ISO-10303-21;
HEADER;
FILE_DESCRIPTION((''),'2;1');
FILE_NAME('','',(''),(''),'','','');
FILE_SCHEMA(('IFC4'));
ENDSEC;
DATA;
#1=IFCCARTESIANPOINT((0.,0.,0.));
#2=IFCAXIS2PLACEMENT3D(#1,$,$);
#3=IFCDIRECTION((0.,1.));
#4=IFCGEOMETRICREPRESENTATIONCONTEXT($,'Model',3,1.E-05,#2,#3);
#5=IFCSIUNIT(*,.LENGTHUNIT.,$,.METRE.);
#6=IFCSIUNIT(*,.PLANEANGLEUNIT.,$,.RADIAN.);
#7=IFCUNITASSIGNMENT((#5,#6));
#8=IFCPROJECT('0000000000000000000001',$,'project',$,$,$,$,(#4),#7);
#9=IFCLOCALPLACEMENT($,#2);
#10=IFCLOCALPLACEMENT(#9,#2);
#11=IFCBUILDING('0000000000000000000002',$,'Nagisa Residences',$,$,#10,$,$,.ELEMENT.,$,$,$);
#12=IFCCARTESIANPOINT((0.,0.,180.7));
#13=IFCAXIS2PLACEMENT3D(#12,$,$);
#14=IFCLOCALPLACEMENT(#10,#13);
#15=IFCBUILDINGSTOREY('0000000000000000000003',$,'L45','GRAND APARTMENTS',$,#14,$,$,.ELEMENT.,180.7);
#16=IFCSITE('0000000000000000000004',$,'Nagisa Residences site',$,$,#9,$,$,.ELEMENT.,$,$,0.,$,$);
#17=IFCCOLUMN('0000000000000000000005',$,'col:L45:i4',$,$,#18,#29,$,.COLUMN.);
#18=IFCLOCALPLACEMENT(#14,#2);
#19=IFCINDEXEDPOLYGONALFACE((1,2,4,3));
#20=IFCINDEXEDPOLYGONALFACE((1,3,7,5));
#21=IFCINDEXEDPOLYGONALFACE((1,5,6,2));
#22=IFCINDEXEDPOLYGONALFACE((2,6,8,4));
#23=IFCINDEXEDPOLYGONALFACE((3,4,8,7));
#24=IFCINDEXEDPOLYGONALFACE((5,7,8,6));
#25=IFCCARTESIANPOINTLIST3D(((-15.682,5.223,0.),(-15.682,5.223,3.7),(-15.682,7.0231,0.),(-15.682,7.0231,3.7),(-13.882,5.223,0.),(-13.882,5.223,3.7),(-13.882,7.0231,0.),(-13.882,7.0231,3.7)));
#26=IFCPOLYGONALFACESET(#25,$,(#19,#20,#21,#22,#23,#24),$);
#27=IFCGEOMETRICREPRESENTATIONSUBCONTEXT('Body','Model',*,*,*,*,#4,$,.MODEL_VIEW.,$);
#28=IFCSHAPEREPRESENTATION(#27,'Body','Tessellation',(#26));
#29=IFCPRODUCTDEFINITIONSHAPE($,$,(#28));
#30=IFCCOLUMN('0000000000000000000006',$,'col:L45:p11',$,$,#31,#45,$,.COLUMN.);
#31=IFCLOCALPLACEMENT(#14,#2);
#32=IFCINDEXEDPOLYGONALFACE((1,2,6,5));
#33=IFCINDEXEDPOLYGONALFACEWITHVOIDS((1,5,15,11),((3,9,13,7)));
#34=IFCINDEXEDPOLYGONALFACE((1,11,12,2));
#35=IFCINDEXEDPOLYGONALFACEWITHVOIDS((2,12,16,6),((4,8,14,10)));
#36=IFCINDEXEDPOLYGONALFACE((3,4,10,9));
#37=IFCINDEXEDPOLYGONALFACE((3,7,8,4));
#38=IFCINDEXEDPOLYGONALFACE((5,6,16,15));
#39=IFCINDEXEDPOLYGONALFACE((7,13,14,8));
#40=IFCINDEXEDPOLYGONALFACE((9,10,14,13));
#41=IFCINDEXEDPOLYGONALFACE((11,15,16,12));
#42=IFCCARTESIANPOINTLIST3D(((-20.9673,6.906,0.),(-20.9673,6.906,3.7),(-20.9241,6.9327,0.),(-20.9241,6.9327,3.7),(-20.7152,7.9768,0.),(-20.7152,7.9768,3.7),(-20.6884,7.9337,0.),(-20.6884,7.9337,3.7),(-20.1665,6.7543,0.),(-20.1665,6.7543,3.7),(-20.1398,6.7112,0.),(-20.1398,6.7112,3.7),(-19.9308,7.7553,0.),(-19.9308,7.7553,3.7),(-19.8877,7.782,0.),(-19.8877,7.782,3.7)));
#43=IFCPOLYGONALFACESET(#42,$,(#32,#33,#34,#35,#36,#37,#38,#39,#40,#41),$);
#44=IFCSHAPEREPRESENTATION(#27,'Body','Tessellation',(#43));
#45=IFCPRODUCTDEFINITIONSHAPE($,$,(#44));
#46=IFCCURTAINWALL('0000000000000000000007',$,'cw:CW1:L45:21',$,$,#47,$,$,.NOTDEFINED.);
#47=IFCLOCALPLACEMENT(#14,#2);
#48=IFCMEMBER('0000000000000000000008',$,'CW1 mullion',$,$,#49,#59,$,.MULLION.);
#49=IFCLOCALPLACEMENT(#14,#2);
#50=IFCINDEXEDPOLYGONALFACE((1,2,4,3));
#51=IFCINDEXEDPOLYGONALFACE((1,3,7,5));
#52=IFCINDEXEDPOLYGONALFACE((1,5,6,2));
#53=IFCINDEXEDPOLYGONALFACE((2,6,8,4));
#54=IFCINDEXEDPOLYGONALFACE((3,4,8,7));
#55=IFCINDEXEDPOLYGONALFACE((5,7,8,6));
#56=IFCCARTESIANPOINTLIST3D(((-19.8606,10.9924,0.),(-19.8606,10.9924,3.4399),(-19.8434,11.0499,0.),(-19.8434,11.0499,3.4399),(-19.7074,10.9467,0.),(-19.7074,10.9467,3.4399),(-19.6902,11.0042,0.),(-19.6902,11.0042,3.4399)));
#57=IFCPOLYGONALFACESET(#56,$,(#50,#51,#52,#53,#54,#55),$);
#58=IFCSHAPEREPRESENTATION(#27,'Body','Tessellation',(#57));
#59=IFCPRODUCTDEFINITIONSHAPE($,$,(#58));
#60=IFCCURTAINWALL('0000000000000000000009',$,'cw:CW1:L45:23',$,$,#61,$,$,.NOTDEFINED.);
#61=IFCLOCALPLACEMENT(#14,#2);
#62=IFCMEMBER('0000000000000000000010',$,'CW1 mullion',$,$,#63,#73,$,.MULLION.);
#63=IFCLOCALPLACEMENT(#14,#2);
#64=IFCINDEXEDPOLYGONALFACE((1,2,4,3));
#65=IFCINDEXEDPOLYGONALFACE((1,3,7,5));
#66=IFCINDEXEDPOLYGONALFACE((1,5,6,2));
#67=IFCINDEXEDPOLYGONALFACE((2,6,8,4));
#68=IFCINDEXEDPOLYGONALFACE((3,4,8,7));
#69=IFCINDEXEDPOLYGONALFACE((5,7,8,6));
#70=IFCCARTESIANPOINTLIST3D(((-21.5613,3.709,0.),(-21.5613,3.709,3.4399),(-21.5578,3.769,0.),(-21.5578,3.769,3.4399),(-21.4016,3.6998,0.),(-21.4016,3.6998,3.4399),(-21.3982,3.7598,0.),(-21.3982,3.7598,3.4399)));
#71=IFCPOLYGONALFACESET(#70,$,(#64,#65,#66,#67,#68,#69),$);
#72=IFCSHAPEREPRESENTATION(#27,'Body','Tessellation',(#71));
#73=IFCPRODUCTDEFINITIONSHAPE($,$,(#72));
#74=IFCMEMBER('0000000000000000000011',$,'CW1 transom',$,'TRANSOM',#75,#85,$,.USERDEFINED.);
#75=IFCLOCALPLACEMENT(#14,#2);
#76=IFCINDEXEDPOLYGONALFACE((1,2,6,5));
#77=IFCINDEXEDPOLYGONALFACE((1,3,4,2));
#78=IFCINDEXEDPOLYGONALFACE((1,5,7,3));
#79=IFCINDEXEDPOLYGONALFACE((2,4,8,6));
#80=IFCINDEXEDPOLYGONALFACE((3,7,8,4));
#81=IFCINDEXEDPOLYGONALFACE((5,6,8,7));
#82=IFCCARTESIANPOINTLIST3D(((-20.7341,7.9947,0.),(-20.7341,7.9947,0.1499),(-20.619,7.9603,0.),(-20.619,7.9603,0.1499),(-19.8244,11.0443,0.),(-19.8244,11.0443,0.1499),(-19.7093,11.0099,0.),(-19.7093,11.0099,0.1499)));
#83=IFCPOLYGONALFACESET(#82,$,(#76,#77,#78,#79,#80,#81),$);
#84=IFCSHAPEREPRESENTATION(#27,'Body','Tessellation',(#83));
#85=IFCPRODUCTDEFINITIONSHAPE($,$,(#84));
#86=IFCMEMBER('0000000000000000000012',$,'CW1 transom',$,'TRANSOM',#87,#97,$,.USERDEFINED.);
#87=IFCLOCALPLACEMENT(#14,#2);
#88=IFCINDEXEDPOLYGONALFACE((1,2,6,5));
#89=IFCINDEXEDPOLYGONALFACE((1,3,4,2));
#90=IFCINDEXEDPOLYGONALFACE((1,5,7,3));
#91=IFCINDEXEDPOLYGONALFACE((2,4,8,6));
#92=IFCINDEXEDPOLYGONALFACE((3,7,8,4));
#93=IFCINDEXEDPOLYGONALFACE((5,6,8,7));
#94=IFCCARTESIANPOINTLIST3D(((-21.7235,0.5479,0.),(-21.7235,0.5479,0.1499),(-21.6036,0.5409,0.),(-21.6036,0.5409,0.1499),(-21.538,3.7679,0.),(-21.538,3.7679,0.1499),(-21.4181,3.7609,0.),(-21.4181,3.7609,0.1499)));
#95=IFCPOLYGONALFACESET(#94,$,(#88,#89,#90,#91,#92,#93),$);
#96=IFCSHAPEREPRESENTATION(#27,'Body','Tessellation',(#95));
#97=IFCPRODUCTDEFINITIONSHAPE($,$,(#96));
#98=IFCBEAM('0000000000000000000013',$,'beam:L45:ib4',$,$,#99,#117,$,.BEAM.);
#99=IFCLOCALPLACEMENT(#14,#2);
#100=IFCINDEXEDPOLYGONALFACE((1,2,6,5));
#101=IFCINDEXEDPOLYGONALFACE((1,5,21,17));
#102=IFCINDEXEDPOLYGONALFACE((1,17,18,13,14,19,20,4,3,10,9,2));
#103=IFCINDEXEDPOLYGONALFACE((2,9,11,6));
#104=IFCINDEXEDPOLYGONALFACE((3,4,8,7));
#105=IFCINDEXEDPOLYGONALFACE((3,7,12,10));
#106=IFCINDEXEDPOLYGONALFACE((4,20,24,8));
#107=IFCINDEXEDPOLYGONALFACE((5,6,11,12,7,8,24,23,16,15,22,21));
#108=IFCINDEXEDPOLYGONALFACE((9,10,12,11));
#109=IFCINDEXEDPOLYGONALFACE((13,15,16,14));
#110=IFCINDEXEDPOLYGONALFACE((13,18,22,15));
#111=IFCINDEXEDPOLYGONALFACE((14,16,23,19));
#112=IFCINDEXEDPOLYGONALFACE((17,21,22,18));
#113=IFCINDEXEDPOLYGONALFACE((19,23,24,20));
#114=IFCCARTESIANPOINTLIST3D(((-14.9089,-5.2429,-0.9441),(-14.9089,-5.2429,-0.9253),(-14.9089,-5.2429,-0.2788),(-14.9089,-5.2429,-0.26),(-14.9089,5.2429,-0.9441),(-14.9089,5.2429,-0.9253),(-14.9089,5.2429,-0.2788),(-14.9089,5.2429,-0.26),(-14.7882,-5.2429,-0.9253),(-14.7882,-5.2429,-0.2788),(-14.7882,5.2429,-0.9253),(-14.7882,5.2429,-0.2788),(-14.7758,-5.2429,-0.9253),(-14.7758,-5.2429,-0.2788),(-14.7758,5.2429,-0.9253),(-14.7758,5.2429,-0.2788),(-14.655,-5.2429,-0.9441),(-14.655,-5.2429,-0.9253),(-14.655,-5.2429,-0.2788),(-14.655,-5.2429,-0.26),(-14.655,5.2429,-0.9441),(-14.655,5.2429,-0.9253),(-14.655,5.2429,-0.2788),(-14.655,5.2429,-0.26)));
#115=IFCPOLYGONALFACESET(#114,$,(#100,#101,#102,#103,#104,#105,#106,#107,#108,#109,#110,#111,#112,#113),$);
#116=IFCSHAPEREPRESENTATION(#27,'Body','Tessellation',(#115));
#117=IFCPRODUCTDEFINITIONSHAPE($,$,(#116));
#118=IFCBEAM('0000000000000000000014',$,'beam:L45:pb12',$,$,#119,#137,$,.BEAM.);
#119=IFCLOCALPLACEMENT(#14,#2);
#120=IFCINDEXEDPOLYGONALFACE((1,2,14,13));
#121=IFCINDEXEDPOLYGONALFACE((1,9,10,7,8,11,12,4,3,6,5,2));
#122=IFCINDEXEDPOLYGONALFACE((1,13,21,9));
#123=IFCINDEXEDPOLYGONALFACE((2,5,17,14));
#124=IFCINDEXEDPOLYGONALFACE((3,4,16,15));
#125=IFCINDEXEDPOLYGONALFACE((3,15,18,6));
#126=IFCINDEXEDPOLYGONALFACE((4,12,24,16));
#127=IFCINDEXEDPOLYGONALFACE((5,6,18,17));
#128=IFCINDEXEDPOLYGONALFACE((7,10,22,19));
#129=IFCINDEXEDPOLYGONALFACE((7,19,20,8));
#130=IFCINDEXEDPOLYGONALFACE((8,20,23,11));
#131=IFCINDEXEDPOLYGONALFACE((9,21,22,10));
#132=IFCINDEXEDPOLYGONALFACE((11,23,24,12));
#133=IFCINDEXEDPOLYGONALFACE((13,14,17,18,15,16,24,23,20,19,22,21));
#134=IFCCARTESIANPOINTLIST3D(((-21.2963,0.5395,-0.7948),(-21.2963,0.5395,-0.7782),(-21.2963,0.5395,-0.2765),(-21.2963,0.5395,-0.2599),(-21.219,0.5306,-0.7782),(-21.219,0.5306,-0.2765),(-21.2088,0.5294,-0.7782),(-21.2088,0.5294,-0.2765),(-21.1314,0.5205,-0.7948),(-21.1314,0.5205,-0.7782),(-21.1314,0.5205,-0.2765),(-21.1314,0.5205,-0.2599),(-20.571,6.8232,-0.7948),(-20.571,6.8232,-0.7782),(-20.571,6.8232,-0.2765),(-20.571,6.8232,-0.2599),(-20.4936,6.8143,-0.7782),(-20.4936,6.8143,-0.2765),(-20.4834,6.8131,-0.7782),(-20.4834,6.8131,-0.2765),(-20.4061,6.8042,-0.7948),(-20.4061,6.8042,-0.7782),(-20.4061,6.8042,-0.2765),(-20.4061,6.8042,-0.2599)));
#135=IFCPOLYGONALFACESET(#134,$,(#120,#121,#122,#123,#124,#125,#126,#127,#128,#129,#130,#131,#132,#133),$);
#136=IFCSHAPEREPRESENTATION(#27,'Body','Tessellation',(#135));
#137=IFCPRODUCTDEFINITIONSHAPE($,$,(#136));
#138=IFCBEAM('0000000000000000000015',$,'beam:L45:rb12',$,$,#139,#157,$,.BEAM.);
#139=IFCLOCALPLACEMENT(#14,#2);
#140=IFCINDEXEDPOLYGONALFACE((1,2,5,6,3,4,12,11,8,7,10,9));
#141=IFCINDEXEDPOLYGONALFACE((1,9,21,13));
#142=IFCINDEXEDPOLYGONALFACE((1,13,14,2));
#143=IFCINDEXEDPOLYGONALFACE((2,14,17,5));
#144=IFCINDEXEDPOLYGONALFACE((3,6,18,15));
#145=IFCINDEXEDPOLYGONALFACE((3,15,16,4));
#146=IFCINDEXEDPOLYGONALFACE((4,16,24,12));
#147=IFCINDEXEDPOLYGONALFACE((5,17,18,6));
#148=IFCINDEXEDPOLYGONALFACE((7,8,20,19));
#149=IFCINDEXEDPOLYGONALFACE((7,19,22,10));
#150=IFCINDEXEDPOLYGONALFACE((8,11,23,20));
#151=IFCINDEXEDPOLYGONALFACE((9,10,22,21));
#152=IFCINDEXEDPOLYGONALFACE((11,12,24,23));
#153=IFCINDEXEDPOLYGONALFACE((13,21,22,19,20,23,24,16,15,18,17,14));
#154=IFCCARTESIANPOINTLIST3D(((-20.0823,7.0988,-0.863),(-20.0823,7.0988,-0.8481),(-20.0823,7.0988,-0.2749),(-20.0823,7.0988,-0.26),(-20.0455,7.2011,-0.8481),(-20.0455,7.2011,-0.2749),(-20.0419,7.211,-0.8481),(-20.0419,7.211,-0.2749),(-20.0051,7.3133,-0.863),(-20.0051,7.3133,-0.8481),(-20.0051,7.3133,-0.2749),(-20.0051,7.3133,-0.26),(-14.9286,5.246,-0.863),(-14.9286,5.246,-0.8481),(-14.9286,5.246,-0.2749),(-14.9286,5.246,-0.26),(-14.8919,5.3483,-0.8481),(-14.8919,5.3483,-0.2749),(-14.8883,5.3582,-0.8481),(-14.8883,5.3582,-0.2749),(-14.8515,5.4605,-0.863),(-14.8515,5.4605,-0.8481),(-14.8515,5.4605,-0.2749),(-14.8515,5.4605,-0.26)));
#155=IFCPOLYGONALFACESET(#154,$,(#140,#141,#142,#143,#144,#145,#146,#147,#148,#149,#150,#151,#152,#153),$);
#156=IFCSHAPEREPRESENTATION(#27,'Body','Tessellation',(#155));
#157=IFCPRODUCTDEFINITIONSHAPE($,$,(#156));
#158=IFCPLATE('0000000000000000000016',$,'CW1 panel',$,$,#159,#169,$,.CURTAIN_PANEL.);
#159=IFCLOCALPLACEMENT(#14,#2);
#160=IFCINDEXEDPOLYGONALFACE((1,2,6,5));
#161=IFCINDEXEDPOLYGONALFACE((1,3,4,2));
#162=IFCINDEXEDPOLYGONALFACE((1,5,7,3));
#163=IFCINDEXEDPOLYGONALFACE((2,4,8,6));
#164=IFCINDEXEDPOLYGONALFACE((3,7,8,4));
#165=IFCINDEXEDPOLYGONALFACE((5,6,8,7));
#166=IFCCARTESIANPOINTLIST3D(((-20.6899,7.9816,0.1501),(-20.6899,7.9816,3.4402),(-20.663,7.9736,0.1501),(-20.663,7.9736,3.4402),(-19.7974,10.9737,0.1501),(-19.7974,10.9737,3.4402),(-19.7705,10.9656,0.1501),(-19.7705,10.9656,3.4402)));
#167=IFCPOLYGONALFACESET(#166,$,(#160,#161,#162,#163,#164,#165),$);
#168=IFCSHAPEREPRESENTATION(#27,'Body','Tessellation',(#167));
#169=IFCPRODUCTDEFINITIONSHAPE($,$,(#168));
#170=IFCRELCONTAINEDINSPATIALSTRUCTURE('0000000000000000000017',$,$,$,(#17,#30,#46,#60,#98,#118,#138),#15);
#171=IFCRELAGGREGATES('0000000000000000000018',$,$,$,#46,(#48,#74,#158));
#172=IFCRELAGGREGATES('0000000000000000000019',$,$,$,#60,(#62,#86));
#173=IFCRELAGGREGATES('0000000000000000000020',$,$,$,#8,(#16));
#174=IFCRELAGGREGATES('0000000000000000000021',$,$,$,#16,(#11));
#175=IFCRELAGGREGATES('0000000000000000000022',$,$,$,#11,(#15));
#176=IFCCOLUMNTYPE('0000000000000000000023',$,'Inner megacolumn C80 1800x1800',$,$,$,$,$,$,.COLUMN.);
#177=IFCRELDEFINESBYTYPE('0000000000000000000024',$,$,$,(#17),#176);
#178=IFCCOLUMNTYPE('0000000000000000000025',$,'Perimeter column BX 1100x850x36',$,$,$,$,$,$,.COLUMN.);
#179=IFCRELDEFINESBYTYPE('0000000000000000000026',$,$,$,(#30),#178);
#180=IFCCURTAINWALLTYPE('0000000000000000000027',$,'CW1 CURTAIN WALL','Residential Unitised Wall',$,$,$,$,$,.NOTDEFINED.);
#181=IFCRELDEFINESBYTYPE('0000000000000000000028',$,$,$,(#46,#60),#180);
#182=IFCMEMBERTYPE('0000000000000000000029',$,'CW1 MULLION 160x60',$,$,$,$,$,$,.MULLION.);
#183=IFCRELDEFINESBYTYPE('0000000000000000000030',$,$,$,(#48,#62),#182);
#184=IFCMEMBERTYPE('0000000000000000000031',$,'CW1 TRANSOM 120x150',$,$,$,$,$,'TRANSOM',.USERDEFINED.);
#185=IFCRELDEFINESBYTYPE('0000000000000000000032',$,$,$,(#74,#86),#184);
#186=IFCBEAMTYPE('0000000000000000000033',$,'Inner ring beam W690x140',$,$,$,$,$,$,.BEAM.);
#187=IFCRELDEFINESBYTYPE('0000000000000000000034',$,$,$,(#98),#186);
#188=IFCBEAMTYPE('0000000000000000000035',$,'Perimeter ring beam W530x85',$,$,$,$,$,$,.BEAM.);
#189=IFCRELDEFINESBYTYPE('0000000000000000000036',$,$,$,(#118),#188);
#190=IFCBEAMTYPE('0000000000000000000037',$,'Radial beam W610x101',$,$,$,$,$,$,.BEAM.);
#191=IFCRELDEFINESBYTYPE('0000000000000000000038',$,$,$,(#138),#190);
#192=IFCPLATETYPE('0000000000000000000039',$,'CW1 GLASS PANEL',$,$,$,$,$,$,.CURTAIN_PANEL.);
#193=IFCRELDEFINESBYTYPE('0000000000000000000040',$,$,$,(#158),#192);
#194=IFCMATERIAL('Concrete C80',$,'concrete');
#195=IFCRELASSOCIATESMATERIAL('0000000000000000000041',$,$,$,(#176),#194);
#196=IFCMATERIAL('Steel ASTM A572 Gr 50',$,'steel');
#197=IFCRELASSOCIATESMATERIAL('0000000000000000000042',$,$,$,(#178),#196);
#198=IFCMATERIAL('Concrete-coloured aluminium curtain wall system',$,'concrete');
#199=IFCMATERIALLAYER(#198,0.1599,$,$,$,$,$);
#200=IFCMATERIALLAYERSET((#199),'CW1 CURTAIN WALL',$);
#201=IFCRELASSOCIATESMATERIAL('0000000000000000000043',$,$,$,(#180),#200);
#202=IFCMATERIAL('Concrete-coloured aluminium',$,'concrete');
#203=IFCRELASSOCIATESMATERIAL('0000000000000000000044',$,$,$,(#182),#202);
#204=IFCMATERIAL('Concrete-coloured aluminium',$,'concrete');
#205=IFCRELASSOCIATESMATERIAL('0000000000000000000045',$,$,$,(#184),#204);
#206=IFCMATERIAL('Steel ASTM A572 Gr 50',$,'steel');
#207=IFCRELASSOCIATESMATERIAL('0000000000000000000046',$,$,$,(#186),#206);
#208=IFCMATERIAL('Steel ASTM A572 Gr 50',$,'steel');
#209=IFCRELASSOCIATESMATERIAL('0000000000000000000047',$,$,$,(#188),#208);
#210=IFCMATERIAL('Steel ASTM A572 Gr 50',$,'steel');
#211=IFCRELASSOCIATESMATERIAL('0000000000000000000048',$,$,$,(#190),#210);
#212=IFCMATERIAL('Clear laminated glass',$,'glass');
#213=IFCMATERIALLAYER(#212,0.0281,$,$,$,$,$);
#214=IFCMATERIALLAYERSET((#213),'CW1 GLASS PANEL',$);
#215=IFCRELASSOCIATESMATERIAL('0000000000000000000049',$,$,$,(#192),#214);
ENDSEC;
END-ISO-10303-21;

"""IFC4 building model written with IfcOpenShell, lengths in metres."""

from ifc_helpers import new_model, si_unit, direction, frame, origin, origin_2d, place, context, subcontext, project, spatial, rectangle, hollow_rectangle, i_section, extrude, material, layer, layer_set, material_profile, profile_set, type_object, element, aggregate, save


model = new_model("IFC4")

# Units and contexts
model_context = context("Model", 3, precision=1e-05, world=origin(), true_north=direction((0.0, 1.0)))
body_context = subcontext(model_context, "Body", "Model", "MODEL_VIEW")
ifc_project = project(units=[si_unit("LENGTHUNIT", "METRE"), si_unit("PLANEANGLEUNIT", "RADIAN")], contexts=[model_context])

# Site, building, storey
site_placement = place(None, origin())
site = spatial("IfcSite", under=ifc_project, at=site_placement, Name="Nagisa Residences site", CompositionType="ELEMENT", RefElevation=0.0)
building_placement = place(site_placement, origin())
building = spatial("IfcBuilding", under=site, at=building_placement, Name="Nagisa Residences", CompositionType="ELEMENT")
storey_placement = place(building_placement, frame((0.0, 0.0, 180.7)))
storey = spatial("IfcBuildingStorey", under=building, at=storey_placement, Name="L45", Description="GRAND APARTMENTS", CompositionType="ELEMENT", Elevation=180.7)

# Columns
ifc_material_1 = material(Name="Concrete C80", Category="concrete")
ifc_material_profile_1 = material_profile(ifc_material_1, rectangle(XDim=1.8, YDim=1.8, at=origin_2d()), Name="C80 1800x1800")
ifc_profile_set_1 = profile_set([ifc_material_profile_1], Name="Concrete C80")
column_type_1 = type_object("IfcColumnType", Name="Inner megacolumn C80 1800x1800", PredefinedType="COLUMN", material=ifc_profile_set_1)
column_1_placement = place(storey_placement, frame((-14.782, 6.123, 0.0), z_axis=(0.0, 0.0, 1.0), x_axis=(1.0, 0.0, 0.0)))
element("IfcColumn", 1, at=column_1_placement, inside=storey, type_object=column_type_1, Name="col:L45:i4", PredefinedType="COLUMN", context=body_context, shape_type="SweptSolid", body=[
    extrude(rectangle(XDim=1.8, YDim=1.8, at=origin_2d()), origin(), (0.0, 0.0, 1.0), 3.7),
])
ifc_material_2 = material(Name="Steel ASTM A572 Gr 50", Category="steel")
ifc_material_profile_2 = material_profile(ifc_material_2, hollow_rectangle(XDim=1.1001, YDim=0.8501, WallThickness=0.0359, at=origin_2d()), Name="BX 1100x850x36")
ifc_profile_set_2 = profile_set([ifc_material_profile_2], Name="Steel ASTM A572 Gr 50")
column_type_2 = type_object("IfcColumnType", Name="Perimeter column BX 1100x850x36", PredefinedType="COLUMN", material=ifc_profile_set_2)
column_2_placement = place(storey_placement, frame((-20.4275, 7.344, 0.0), z_axis=(0.0, 0.0, 1.0), x_axis=(-0.229202, -0.973379, 0.0)))
element("IfcColumn", 2, at=column_2_placement, inside=storey, type_object=column_type_2, Name="col:L45:p11", PredefinedType="COLUMN", context=body_context, shape_type="SweptSolid", body=[
    extrude(hollow_rectangle(XDim=1.1001, YDim=0.8501, WallThickness=0.0359, at=origin_2d()), origin(), (0.0, 0.0, 1.0), 3.7),
])

# Curtain walls, members
ifc_material_3 = material(Name="Concrete-coloured aluminium curtain wall system", Category="concrete")
ifc_layer_1 = layer(ifc_material_3, 0.1599)
ifc_layer_set_1 = layer_set([ifc_layer_1], Name="CW1 CURTAIN WALL")
curtain_wall_type = type_object("IfcCurtainWallType", Name="CW1 CURTAIN WALL", Description="Residential Unitised Wall", PredefinedType="NOTDEFINED", material=ifc_layer_set_1)
curtain_wall_1_placement = place(storey_placement, origin())
curtain_wall_1 = element("IfcCurtainWall", 3, at=curtain_wall_1_placement, inside=storey, type_object=curtain_wall_type, Name="cw:CW1:L45:21", PredefinedType="NOTDEFINED")
ifc_material_4 = material(Name="Concrete-coloured aluminium", Category="concrete")
ifc_material_profile_3 = material_profile(ifc_material_4, rectangle(XDim=0.1599, YDim=0.0601, at=origin_2d()), Name="CW1 MULLION 160x60")
ifc_profile_set_3 = profile_set([ifc_material_profile_3], Name="Concrete-coloured aluminium")
member_type_1 = type_object("IfcMemberType", Name="CW1 MULLION 160x60", PredefinedType="MULLION", material=ifc_profile_set_3)
member_1_placement = place(storey_placement, frame((-19.7754, 10.9983, 0.0), z_axis=(0.0, 0.0, 1.0), x_axis=(0.958271, -0.28586, 0.0)))
member_1 = element("IfcMember", 4, at=member_1_placement, type_object=member_type_1, Name="CW1 mullion", PredefinedType="MULLION", context=body_context, shape_type="SweptSolid", body=[
    extrude(rectangle(XDim=0.1599, YDim=0.0601, at=origin_2d()), origin(), (0.0, 0.0, 1.0), 3.4399),
])
curtain_wall_2_placement = place(storey_placement, origin())
curtain_wall_2 = element("IfcCurtainWall", 5, at=curtain_wall_2_placement, inside=storey, type_object=curtain_wall_type, Name="cw:CW1:L45:23", PredefinedType="NOTDEFINED")
member_2_placement = place(storey_placement, frame((-21.4797, 3.7344, 0.0), z_axis=(0.0, 0.0, 1.0), x_axis=(0.998345, -0.057503, 0.0)))
member_2 = element("IfcMember", 6, at=member_2_placement, type_object=member_type_1, Name="CW1 mullion", PredefinedType="MULLION", context=body_context, shape_type="SweptSolid", body=[
    extrude(rectangle(XDim=0.1599, YDim=0.0601, at=origin_2d()), origin(), (0.0, 0.0, 1.0), 3.4399),
])

# Members
ifc_material_5 = material(Name="Concrete-coloured aluminium", Category="concrete")
ifc_material_profile_4 = material_profile(ifc_material_5, rectangle(XDim=0.1201, YDim=0.1499, at=origin_2d()), Name="CW1 TRANSOM 120x150")
ifc_profile_set_4 = profile_set([ifc_material_profile_4], Name="Concrete-coloured aluminium")
member_type_2 = type_object("IfcMemberType", Name="CW1 TRANSOM 120x150", ElementType="TRANSOM", PredefinedType="USERDEFINED", material=ifc_profile_set_4)
member_3_placement = place(storey_placement, frame((-19.7668, 11.0271, 0.075), z_axis=(-0.285848, -0.958275, 0.0), x_axis=(0.958275, -0.285848, 0.0)))
member_3 = element("IfcMember", 7, at=member_3_placement, type_object=member_type_2, Name="CW1 transom", ObjectType="TRANSOM", PredefinedType="USERDEFINED", context=body_context, shape_type="SweptSolid", body=[
    extrude(rectangle(XDim=0.1201, YDim=0.1499, at=origin_2d()), origin(), (0.0, 0.0, 1.0), 3.1824),
])
member_4_placement = place(storey_placement, frame((-21.478, 3.7644, 0.075), z_axis=(-0.057528, -0.998344, 0.0), x_axis=(0.998344, -0.057528, 0.0)))
member_4 = element("IfcMember", 8, at=member_4_placement, type_object=member_type_2, Name="CW1 transom", ObjectType="TRANSOM", PredefinedType="USERDEFINED", context=body_context, shape_type="SweptSolid", body=[
    extrude(rectangle(XDim=0.1201, YDim=0.1499, at=origin_2d()), origin(), (0.0, 0.0, 1.0), 3.2253),
])

# Beams
ifc_material_6 = material(Name="Steel ASTM A572 Gr 50", Category="steel")
ifc_material_profile_5 = material_profile(ifc_material_6, i_section(OverallWidth=0.2539, OverallDepth=0.6841, WebThickness=0.0125, FlangeThickness=0.0188, at=origin_2d()), Name="W690x140")
ifc_profile_set_5 = profile_set([ifc_material_profile_5], Name="Steel ASTM A572 Gr 50")
beam_type_1 = type_object("IfcBeamType", Name="Inner ring beam W690x140", PredefinedType="BEAM", material=ifc_profile_set_5)
beam_1_placement = place(storey_placement, frame((-14.782, 5.2429, -0.6021), z_axis=(0.0, -1.0, 0.0), x_axis=(1.0, 0.0, 0.0)))
element("IfcBeam", 9, at=beam_1_placement, inside=storey, type_object=beam_type_1, Name="beam:L45:ib4", PredefinedType="BEAM", context=body_context, shape_type="SweptSolid", body=[
    extrude(i_section(OverallWidth=0.2539, OverallDepth=0.6841, WebThickness=0.0125, FlangeThickness=0.0188, at=origin_2d()), origin(), (0.0, 0.0, 1.0), 10.4858),
])
ifc_material_7 = material(Name="Steel ASTM A572 Gr 50", Category="steel")
ifc_material_profile_6 = material_profile(ifc_material_7, i_section(OverallWidth=0.166, OverallDepth=0.5349, WebThickness=0.0103, FlangeThickness=0.0166, at=origin_2d()), Name="W530x85")
ifc_profile_set_6 = profile_set([ifc_material_profile_6], Name="Steel ASTM A572 Gr 50")
beam_type_2 = type_object("IfcBeamType", Name="Perimeter ring beam W530x85", PredefinedType="BEAM", material=ifc_profile_set_6)
beam_2_placement = place(storey_placement, frame((-20.4885, 6.8137, -0.5273), z_axis=(-0.114671, -0.993404, 0.0), x_axis=(0.993404, -0.114671, 0.0)))
element("IfcBeam", 10, at=beam_2_placement, inside=storey, type_object=beam_type_2, Name="beam:L45:pb12", PredefinedType="BEAM", context=body_context, shape_type="SweptSolid", body=[
    extrude(i_section(OverallWidth=0.166, OverallDepth=0.5349, WebThickness=0.0103, FlangeThickness=0.0166, at=origin_2d()), origin(), (0.0, 0.0, 1.0), 6.3254),
])
ifc_material_8 = material(Name="Steel ASTM A572 Gr 50", Category="steel")
ifc_material_profile_7 = material_profile(ifc_material_8, i_section(OverallWidth=0.228, OverallDepth=0.603, WebThickness=0.0105, FlangeThickness=0.0149, at=origin_2d()), Name="W610x101")
ifc_profile_set_7 = profile_set([ifc_material_profile_7], Name="Steel ASTM A572 Gr 50")
beam_type_3 = type_object("IfcBeamType", Name="Radial beam W610x101", PredefinedType="BEAM", material=ifc_profile_set_7)
beam_3_placement = place(storey_placement, frame((-20.0437, 7.2061, -0.5615), z_axis=(0.941033, -0.338315, 0.0), x_axis=(0.338315, 0.941033, 0.0)))
element("IfcBeam", 11, at=beam_3_placement, inside=storey, type_object=beam_type_3, Name="beam:L45:rb12", PredefinedType="BEAM", context=body_context, shape_type="SweptSolid", body=[
    extrude(i_section(OverallWidth=0.228, OverallDepth=0.603, WebThickness=0.0105, FlangeThickness=0.0149, at=origin_2d()), origin(), (0.0, 0.0, 1.0), 5.4766),
])

# Plate
ifc_material_9 = material(Name="Clear laminated glass", Category="glass")
ifc_layer_2 = layer(ifc_material_9, 0.0281)
ifc_layer_set_2 = layer_set([ifc_layer_2], Name="CW1 GLASS PANEL")
plate_type = type_object("IfcPlateType", Name="CW1 GLASS PANEL", PredefinedType="CURTAIN_PANEL", material=ifc_layer_set_2)
plate_1_placement = place(storey_placement, frame((-20.2302, 9.4736, 0.1501), z_axis=(0.0, 0.0, 1.0), x_axis=(-0.28586, -0.958271, 0.0)))
plate_1 = element("IfcPlate", 12, at=plate_1_placement, type_object=plate_type, Name="CW1 panel", PredefinedType="CURTAIN_PANEL", context=body_context, shape_type="SweptSolid", body=[
    extrude(rectangle(XDim=3.1223, YDim=0.0281, at=origin_2d()), origin(), (0.0, 0.0, 1.0), 3.29),
])
aggregate(curtain_wall_1, [member_1, member_3, plate_1])
aggregate(curtain_wall_2, [member_2, member_4])

save(model, "model.ifc")
